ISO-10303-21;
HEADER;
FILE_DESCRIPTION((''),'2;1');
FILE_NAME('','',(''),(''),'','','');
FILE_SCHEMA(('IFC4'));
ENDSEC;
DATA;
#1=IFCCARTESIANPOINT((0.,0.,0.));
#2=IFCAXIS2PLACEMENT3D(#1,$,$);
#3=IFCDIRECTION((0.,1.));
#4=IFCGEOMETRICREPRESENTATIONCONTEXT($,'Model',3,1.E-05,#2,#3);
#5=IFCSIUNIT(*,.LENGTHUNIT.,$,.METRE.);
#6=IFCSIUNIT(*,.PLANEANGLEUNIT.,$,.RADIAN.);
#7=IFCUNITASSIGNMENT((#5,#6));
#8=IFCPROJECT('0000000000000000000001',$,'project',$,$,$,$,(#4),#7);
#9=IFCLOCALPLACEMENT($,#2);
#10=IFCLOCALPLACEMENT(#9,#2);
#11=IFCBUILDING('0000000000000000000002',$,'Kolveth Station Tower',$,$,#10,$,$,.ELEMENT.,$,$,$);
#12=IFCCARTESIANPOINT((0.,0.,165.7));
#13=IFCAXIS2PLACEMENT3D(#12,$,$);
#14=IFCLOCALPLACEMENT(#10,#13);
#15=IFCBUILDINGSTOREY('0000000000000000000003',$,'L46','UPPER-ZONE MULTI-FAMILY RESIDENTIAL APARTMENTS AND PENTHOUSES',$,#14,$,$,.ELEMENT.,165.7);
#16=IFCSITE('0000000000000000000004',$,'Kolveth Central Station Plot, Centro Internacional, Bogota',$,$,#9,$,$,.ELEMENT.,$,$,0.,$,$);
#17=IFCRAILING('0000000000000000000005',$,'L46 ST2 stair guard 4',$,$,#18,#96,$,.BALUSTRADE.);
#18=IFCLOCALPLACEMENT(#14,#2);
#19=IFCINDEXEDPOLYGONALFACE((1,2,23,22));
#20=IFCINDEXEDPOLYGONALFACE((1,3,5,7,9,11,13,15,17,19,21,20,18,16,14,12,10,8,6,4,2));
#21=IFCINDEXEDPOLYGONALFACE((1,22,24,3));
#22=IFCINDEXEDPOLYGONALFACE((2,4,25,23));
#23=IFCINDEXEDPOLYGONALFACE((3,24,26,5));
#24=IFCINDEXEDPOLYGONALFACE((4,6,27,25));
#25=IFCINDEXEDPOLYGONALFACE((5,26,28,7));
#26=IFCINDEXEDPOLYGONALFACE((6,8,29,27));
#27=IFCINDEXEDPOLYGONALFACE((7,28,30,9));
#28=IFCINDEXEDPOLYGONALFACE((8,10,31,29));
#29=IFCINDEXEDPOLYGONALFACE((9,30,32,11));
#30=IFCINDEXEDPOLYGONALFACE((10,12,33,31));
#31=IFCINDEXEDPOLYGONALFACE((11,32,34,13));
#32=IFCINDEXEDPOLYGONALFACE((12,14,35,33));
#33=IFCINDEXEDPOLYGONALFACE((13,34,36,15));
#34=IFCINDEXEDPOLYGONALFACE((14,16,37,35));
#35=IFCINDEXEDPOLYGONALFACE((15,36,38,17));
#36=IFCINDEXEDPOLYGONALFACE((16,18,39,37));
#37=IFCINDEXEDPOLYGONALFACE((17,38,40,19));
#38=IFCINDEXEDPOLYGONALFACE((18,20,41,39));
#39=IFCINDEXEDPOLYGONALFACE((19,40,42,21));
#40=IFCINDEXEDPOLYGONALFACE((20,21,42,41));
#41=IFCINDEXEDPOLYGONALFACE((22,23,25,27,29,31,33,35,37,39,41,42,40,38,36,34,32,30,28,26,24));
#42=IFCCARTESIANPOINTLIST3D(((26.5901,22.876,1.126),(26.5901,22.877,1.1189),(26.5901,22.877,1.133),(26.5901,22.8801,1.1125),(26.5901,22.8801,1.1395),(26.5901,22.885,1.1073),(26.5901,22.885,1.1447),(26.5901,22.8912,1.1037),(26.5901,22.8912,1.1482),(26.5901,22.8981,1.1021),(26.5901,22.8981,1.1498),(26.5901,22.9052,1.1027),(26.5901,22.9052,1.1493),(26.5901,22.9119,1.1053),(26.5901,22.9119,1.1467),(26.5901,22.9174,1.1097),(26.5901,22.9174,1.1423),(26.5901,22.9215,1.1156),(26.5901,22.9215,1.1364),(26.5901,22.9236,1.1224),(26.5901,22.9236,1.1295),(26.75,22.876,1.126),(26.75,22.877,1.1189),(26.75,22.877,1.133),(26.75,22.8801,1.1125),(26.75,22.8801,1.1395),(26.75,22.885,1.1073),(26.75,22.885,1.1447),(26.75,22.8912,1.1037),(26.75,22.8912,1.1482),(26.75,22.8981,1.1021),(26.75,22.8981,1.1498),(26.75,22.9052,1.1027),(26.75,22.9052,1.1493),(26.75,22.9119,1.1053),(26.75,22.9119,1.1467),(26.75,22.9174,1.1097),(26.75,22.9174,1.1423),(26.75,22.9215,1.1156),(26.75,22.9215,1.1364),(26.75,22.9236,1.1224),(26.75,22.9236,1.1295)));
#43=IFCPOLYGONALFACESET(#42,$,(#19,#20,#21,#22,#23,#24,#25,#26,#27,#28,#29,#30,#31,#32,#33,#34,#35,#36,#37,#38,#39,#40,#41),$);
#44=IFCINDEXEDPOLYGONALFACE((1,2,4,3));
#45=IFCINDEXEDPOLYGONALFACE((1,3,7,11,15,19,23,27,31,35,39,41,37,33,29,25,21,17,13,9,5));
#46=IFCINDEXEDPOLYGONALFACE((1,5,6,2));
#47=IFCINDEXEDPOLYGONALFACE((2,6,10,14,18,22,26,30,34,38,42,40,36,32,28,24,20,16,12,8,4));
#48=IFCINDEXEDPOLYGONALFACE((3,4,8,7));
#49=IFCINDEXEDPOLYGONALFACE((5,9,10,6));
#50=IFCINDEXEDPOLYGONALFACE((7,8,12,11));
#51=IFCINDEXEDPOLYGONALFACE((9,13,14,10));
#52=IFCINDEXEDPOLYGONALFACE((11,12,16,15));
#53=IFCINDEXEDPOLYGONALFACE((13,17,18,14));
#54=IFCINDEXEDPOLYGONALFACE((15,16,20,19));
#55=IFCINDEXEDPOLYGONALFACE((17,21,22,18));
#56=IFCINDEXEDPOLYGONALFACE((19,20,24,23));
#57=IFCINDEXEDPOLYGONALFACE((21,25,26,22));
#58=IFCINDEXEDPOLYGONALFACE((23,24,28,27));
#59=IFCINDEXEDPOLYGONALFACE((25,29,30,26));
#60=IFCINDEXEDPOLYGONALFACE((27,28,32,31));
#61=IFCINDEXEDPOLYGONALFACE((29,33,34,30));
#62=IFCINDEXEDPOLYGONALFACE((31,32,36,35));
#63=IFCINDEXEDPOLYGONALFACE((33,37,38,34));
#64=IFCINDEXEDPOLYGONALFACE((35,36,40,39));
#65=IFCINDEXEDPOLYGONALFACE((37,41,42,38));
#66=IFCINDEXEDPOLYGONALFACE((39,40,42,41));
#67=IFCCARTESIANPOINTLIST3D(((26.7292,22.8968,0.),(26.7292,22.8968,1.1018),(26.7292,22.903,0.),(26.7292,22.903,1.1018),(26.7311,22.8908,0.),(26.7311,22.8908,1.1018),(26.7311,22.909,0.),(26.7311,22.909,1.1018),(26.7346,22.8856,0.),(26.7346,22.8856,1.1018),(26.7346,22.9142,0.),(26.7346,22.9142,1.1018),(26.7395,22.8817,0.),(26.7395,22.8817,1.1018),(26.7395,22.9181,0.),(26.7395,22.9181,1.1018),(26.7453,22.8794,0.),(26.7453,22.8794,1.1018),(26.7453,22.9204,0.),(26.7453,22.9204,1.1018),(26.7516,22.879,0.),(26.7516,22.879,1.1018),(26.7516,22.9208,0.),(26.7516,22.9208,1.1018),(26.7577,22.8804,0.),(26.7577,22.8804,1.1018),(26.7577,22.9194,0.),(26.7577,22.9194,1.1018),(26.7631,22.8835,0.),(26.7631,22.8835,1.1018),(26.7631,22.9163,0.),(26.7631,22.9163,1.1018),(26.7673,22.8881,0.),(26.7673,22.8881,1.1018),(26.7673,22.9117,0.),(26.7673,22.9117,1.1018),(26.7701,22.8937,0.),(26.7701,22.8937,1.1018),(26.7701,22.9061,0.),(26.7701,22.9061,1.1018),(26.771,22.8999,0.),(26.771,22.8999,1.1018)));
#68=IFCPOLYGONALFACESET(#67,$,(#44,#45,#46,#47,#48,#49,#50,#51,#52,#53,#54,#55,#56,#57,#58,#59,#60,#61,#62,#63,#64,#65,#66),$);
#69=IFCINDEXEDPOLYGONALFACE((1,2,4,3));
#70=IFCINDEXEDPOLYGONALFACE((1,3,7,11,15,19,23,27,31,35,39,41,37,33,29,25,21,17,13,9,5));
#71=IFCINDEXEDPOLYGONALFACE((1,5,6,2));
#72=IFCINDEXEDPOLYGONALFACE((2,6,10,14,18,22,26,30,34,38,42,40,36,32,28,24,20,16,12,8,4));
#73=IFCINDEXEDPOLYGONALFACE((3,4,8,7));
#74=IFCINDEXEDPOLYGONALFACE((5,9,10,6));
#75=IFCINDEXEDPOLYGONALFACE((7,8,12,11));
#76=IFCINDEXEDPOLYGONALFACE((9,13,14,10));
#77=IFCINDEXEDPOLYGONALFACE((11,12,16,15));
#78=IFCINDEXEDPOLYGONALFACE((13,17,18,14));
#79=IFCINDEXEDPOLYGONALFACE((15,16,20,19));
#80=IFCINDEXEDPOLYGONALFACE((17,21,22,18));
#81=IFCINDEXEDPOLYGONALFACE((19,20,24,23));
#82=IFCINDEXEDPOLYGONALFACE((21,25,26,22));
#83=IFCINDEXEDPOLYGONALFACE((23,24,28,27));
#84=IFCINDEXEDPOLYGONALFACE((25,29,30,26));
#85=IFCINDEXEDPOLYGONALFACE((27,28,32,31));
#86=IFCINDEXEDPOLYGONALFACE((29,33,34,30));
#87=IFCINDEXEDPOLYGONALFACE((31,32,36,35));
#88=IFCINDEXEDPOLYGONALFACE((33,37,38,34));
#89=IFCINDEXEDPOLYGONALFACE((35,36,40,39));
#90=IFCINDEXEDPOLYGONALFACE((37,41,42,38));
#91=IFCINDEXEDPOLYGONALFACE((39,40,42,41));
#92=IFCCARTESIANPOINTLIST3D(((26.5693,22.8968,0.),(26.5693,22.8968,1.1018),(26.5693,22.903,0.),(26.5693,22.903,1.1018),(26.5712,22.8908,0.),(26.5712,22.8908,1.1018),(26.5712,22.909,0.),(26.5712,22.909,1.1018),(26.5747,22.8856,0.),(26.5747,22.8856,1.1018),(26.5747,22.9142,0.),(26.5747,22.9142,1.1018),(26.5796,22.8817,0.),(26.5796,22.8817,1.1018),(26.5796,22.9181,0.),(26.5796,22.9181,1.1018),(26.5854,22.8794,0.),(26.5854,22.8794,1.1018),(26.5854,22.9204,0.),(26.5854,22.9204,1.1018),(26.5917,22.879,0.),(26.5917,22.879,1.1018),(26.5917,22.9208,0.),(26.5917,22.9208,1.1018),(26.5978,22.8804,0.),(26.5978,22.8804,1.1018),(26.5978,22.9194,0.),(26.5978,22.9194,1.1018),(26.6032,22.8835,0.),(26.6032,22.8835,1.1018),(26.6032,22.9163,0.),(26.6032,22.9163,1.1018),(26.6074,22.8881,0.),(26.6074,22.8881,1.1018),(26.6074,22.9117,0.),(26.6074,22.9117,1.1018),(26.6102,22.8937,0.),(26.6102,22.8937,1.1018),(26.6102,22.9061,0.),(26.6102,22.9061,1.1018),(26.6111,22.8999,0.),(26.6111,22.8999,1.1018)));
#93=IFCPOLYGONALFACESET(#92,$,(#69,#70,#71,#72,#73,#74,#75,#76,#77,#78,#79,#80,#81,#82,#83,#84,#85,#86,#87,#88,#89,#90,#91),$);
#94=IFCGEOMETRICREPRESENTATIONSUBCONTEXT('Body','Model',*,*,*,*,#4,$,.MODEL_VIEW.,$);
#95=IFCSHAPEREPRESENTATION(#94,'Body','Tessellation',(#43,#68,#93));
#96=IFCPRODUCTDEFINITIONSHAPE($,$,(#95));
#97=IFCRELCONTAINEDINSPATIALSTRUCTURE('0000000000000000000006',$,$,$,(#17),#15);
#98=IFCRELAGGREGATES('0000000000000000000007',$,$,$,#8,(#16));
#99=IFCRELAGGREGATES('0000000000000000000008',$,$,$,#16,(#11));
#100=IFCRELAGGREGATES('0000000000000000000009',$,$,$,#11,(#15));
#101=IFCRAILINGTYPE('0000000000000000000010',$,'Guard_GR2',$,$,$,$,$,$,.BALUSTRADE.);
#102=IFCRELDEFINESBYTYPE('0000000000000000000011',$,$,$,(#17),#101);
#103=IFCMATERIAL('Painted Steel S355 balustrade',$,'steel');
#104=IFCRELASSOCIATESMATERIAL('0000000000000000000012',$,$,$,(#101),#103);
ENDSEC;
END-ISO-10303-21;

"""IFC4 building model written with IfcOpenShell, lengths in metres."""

from ifc_helpers import new_model, si_unit, direction, frame, origin, origin_2d, place, context, subcontext, project, spatial, circle, extrude, material, type_object, element, save


model = new_model("IFC4")

# Units and contexts
model_context = context("Model", 3, precision=1e-05, world=origin(), true_north=direction((0.0, 1.0)))
body_context = subcontext(model_context, "Body", "Model", "MODEL_VIEW")
ifc_project = project(units=[si_unit("LENGTHUNIT", "METRE"), si_unit("PLANEANGLEUNIT", "RADIAN")], contexts=[model_context])

# Site, building, storey
site_placement = place(None, origin())
site = spatial("IfcSite", under=ifc_project, at=site_placement, Name="Kolveth Central Station Plot, Centro Internacional, Bogota", CompositionType="ELEMENT", RefElevation=0.0)
building_placement = place(site_placement, origin())
building = spatial("IfcBuilding", under=site, at=building_placement, Name="Kolveth Station Tower", CompositionType="ELEMENT")
storey_placement = place(building_placement, frame((0.0, 0.0, 165.7)))
storey = spatial("IfcBuildingStorey", under=building, at=storey_placement, Name="L46", Description="UPPER-ZONE MULTI-FAMILY RESIDENTIAL APARTMENTS AND PENTHOUSES", CompositionType="ELEMENT", Elevation=165.7)

# Railing
ifc_material_1 = material(Name="Painted Steel S355 balustrade", Category="steel")
railing_type_1 = type_object("IfcRailingType", Name="Guard_GR2", PredefinedType="BALUSTRADE", material=ifc_material_1)
railing_placement = place(storey_placement, frame((26.75, 22.8999, 0.0)))
element("IfcRailing", 1, at=railing_placement, inside=storey, type_object=railing_type_1, Name="L46 ST2 stair guard 4", PredefinedType="BALUSTRADE", context=body_context, shape_type="SweptSolid", body=[
    extrude(circle(Radius=0.0239, at=origin_2d()), frame((0.0, 0.0, 1.126), z_axis=(-1.0, 0.0, 0.0), x_axis=(0.0, -1.0, 0.0)), (0.0, 0.0, 1.0), 0.1599),
    extrude(circle(Radius=0.021, at=origin_2d()), origin(), (0.0, 0.0, 1.0), 1.1018),
    extrude(circle(Radius=0.021, at=origin_2d()), frame((-0.1599, 0.0, 0.0)), (0.0, 0.0, 1.0), 1.1018),
])

save(model, "model.ifc")
